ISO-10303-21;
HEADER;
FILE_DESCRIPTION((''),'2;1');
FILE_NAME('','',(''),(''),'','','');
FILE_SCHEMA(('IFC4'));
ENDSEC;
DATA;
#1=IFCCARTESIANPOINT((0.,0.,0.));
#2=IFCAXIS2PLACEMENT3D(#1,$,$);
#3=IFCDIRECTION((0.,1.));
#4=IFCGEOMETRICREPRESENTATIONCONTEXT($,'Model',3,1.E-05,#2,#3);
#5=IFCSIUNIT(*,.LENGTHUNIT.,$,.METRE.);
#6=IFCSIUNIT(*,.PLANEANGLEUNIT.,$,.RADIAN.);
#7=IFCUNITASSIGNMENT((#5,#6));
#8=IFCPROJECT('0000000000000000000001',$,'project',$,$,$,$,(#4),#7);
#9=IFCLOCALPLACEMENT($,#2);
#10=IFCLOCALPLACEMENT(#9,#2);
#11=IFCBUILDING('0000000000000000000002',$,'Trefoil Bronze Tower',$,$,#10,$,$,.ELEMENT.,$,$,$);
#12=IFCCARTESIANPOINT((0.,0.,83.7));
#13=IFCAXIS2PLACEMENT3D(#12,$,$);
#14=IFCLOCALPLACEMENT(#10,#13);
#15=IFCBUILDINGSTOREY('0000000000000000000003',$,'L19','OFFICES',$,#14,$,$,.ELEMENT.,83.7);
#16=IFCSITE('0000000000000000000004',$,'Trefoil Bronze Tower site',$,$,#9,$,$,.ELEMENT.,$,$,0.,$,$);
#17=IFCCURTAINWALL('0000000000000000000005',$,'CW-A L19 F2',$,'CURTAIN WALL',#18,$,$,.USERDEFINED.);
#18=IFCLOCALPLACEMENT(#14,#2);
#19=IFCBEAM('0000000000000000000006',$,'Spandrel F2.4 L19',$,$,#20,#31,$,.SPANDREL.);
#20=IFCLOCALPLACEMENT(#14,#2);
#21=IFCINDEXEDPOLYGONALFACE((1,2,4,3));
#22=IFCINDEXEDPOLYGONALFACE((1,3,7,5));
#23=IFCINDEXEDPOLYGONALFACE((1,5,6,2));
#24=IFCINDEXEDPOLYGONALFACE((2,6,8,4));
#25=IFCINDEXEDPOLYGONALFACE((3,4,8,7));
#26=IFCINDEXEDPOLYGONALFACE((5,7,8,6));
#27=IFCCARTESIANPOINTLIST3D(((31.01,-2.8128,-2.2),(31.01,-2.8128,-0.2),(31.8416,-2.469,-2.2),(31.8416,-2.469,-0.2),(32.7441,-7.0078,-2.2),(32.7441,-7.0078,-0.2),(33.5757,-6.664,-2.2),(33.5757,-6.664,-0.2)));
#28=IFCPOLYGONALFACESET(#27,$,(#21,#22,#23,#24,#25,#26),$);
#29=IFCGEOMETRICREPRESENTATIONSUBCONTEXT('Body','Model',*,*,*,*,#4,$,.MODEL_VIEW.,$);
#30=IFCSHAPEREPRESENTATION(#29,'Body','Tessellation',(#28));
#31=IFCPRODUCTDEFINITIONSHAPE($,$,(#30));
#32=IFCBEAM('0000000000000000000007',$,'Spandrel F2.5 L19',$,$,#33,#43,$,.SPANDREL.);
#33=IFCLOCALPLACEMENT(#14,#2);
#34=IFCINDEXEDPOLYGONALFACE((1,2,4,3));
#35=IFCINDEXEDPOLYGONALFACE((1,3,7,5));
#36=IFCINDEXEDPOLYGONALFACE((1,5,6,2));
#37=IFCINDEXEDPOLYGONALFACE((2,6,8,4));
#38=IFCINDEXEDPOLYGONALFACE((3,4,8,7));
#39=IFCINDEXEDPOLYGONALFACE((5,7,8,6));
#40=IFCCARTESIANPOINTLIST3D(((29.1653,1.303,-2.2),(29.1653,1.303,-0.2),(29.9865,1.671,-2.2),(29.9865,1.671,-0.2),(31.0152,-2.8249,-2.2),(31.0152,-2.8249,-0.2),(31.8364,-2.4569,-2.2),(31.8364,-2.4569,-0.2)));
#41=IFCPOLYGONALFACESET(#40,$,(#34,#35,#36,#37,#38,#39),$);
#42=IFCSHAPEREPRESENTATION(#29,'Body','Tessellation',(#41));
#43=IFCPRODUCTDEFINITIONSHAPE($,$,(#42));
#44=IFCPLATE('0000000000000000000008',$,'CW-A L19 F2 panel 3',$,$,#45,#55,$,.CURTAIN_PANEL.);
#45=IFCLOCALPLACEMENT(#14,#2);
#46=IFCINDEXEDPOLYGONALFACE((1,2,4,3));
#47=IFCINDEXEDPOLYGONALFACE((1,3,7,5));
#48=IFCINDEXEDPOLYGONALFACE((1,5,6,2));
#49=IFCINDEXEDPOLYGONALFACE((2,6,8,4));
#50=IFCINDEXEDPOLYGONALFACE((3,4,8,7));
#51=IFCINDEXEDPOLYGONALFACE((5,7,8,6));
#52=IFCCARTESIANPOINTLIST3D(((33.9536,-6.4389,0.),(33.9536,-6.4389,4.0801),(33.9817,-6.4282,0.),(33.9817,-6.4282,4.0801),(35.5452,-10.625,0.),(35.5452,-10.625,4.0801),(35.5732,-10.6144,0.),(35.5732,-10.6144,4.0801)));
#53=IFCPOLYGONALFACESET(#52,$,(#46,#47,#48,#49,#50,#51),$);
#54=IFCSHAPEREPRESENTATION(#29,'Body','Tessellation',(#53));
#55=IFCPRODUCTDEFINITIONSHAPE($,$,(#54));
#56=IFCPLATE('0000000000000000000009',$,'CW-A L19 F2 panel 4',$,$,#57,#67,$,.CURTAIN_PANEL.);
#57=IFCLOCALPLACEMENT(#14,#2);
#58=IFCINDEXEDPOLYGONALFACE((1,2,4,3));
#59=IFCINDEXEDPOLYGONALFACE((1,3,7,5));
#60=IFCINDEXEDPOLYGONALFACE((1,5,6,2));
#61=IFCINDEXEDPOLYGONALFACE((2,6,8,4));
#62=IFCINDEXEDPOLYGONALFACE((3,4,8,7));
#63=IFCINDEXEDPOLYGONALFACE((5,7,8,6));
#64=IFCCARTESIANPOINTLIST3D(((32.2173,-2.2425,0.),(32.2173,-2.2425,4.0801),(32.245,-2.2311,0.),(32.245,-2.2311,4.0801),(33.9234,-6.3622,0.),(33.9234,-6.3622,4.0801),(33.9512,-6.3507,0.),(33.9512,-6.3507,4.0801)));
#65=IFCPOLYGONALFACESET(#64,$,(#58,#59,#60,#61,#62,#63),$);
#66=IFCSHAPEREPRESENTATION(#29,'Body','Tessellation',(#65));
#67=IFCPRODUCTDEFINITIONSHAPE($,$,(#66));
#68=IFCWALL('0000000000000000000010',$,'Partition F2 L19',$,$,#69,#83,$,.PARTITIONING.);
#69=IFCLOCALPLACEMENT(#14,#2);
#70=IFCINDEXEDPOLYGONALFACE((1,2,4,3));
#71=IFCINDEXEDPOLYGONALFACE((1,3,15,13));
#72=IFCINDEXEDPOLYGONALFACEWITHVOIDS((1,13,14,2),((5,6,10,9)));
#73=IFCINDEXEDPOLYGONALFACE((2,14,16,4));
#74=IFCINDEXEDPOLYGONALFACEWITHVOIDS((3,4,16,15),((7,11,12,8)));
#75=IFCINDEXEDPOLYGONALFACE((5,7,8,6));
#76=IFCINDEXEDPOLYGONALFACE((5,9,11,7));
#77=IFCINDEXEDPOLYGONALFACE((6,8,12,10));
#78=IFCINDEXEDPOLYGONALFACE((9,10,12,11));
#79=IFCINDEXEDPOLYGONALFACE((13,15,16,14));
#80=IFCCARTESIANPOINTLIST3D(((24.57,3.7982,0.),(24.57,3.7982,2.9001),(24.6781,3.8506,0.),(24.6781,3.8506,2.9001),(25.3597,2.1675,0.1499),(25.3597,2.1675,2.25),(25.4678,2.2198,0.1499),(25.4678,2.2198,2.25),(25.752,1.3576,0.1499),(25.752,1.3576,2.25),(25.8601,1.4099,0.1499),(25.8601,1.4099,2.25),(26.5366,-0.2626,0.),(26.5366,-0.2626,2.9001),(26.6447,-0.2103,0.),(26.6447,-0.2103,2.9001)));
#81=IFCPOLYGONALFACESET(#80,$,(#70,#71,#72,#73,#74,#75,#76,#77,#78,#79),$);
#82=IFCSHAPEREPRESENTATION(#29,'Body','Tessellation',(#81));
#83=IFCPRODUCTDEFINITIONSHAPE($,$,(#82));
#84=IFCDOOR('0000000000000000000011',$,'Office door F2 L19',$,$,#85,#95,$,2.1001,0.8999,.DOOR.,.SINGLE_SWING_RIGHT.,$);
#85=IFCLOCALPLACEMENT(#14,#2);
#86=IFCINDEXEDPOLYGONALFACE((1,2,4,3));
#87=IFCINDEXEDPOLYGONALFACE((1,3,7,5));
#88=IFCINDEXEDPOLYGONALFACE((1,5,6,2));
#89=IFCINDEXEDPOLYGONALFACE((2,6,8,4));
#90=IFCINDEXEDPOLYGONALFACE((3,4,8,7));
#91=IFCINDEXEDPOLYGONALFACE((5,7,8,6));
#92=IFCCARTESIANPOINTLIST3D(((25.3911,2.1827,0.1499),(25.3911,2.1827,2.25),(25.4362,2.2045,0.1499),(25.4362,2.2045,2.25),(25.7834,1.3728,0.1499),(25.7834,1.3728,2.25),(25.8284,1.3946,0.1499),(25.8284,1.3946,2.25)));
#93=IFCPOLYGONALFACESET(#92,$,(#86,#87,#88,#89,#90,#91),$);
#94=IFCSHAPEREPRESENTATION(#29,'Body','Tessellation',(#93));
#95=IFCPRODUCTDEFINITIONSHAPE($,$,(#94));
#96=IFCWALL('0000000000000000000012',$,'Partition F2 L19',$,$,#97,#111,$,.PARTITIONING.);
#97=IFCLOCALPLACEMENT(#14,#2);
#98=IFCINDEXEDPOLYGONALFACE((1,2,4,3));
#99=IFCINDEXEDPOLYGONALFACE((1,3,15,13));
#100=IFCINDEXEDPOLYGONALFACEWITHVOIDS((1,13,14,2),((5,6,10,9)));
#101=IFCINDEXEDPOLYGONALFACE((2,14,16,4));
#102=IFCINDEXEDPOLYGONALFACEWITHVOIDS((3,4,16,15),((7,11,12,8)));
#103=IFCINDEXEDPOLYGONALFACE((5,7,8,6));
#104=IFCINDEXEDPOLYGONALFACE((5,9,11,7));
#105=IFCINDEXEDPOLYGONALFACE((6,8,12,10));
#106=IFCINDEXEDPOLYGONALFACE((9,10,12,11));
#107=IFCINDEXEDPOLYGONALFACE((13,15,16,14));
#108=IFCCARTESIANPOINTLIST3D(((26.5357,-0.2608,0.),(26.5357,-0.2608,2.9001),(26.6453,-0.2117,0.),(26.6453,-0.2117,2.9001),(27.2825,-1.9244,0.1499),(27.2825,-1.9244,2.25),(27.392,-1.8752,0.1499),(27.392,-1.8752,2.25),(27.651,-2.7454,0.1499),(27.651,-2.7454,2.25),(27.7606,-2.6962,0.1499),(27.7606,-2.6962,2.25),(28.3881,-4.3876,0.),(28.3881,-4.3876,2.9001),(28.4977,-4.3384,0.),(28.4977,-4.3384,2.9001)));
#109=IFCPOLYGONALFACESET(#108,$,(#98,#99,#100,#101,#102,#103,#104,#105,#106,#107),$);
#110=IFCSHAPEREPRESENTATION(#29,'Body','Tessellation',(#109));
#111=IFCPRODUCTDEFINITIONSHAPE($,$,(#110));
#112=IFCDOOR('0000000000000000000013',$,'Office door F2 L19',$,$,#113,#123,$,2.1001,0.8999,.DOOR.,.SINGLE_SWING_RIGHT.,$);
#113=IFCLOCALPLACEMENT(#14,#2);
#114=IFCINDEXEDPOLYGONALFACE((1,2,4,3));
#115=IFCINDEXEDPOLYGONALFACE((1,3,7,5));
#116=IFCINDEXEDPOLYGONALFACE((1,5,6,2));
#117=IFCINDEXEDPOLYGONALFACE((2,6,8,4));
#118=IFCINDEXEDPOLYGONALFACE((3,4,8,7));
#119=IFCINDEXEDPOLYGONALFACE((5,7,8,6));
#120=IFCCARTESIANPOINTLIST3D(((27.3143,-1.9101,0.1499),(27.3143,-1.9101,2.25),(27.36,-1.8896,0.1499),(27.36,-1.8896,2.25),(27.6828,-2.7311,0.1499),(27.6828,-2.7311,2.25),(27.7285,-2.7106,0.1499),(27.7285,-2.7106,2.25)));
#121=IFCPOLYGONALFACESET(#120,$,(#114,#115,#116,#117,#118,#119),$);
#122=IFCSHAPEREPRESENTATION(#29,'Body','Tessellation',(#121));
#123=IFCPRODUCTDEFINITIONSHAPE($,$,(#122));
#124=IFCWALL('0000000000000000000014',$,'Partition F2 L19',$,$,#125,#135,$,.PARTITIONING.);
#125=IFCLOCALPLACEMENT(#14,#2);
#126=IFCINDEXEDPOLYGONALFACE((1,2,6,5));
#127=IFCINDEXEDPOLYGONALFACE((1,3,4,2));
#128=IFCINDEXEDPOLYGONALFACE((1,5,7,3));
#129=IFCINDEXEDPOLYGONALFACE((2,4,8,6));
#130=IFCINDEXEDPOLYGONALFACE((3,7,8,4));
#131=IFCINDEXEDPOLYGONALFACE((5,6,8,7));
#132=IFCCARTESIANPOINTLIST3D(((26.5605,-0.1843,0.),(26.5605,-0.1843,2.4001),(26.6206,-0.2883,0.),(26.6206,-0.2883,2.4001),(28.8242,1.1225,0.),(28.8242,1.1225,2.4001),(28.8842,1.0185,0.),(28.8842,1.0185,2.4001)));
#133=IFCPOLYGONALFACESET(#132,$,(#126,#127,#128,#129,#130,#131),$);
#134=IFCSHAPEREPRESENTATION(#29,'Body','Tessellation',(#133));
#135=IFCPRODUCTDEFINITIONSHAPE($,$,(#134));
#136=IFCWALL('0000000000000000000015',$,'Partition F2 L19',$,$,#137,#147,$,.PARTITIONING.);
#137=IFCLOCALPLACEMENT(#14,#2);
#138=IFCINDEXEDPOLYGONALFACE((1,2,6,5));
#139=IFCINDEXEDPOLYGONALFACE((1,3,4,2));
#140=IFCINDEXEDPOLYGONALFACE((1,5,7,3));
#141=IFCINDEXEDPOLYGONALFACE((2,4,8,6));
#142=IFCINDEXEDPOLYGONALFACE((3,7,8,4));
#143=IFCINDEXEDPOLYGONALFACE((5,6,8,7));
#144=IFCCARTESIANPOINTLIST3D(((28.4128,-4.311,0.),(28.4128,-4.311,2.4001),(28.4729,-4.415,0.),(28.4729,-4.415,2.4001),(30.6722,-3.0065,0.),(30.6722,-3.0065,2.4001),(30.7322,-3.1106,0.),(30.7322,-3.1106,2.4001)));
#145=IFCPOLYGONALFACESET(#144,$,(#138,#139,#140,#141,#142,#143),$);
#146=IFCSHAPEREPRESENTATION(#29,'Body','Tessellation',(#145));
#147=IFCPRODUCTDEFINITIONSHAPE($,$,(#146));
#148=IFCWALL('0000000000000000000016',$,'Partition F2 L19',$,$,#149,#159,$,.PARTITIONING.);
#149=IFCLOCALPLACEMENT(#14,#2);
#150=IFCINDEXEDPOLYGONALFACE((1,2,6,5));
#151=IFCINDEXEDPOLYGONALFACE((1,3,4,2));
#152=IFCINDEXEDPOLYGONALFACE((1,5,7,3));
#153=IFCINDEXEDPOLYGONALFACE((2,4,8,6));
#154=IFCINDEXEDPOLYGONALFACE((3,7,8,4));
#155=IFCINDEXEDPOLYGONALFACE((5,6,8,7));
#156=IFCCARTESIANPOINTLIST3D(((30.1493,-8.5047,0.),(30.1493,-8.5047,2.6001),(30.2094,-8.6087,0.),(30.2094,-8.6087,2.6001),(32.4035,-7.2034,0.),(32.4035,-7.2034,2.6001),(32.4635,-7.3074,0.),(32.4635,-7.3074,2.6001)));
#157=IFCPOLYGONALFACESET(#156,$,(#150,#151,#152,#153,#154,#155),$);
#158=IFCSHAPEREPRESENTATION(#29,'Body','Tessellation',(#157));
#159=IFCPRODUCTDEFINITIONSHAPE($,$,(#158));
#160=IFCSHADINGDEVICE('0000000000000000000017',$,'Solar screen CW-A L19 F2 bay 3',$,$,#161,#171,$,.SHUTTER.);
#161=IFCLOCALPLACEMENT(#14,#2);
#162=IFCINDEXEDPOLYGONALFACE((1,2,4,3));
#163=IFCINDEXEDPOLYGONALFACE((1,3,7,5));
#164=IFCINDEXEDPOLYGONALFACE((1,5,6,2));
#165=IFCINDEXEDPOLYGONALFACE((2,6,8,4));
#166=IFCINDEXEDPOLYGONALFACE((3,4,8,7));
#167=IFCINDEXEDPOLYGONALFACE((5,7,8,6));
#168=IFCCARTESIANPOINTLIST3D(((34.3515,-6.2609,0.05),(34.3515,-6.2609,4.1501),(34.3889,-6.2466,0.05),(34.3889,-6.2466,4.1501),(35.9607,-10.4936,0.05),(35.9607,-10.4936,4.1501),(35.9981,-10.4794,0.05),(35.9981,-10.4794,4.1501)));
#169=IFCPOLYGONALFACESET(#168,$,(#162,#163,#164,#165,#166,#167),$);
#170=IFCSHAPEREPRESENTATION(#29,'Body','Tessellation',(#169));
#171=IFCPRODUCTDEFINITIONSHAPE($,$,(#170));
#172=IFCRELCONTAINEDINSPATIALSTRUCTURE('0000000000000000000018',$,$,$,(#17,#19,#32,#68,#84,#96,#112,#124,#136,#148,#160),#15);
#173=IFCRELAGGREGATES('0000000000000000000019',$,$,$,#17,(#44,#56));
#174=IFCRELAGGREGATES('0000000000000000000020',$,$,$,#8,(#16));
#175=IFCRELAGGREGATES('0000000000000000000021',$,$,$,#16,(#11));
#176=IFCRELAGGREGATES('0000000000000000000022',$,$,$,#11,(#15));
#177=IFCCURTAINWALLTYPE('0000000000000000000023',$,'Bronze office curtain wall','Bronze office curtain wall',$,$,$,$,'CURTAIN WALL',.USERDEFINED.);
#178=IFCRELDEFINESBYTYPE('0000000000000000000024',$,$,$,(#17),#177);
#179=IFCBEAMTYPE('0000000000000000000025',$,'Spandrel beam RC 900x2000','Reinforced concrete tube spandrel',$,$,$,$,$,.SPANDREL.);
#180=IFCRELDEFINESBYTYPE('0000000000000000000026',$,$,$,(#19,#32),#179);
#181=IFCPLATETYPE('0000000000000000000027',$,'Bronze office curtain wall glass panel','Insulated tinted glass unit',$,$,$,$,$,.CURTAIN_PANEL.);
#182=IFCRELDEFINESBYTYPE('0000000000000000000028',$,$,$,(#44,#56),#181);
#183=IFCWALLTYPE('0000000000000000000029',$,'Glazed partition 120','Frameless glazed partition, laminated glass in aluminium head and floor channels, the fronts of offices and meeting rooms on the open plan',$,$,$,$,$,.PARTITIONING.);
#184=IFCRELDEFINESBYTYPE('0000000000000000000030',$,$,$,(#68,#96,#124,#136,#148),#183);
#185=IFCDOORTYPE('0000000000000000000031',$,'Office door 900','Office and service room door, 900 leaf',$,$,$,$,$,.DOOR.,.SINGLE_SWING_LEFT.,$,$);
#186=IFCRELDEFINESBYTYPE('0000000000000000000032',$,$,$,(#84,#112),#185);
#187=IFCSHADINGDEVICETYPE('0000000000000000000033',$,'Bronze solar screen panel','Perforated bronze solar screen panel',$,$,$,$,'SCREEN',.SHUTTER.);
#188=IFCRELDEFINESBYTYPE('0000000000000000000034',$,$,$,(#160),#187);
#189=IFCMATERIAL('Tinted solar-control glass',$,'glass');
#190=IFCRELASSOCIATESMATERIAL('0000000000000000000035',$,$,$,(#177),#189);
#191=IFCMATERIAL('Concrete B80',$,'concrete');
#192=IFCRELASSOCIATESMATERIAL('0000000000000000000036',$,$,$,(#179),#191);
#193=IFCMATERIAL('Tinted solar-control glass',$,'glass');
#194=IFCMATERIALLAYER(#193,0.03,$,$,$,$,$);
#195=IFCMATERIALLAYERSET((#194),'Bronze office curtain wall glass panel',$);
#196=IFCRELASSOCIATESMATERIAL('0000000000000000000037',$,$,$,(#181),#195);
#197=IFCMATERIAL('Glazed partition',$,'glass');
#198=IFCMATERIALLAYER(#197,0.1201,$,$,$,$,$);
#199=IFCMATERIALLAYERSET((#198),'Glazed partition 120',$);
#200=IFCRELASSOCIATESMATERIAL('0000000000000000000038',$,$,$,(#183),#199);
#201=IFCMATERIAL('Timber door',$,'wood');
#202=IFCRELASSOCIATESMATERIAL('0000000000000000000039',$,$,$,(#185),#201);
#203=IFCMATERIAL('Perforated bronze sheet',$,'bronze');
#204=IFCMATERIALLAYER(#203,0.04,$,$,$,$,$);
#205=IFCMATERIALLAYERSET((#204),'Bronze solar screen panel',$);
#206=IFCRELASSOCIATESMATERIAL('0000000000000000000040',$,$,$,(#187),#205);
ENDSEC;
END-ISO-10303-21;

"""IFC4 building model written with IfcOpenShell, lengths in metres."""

from ifc_helpers import new_model, si_unit, direction, frame, frame_2d, origin, origin_2d, place, context, subcontext, project, spatial, rectangle, extrude, material, layer, layer_set, material_profile, profile_set, type_object, element, fill, aggregate, save


model = new_model("IFC4")

# Units and contexts
model_context = context("Model", 3, precision=1e-05, world=origin(), true_north=direction((0.0, 1.0)))
body_context = subcontext(model_context, "Body", "Model", "MODEL_VIEW")
ifc_project = project(units=[si_unit("LENGTHUNIT", "METRE"), si_unit("PLANEANGLEUNIT", "RADIAN")], contexts=[model_context])

# Site, building, storey
site_placement = place(None, origin())
site = spatial("IfcSite", under=ifc_project, at=site_placement, Name="Trefoil Bronze Tower site", CompositionType="ELEMENT", RefElevation=0.0)
building_placement = place(site_placement, origin())
building = spatial("IfcBuilding", under=site, at=building_placement, Name="Trefoil Bronze Tower", CompositionType="ELEMENT")
storey_placement = place(building_placement, frame((0.0, 0.0, 83.7)))
storey = spatial("IfcBuildingStorey", under=building, at=storey_placement, Name="L19", Description="OFFICES", CompositionType="ELEMENT", Elevation=83.7)

# Curtain wall
ifc_material_1 = material(Name="Tinted solar-control glass", Category="glass")
curtain_wall_type = type_object("IfcCurtainWallType", Name="Bronze office curtain wall", Description="Bronze office curtain wall", ElementType="CURTAIN WALL", PredefinedType="USERDEFINED", material=ifc_material_1)
curtain_wall_placement = place(storey_placement, origin())
curtain_wall = element("IfcCurtainWall", 1, at=curtain_wall_placement, inside=storey, type_object=curtain_wall_type, Name="CW-A L19 F2", ObjectType="CURTAIN WALL", PredefinedType="USERDEFINED")

# Beams
ifc_material_2 = material(Name="Concrete B80", Category="concrete")
ifc_material_profile_1 = material_profile(ifc_material_2, rectangle(XDim=0.8999, YDim=2.0, at=origin_2d()), Name="RC 900x2000")
ifc_profile_set_1 = profile_set([ifc_material_profile_1], Name="Concrete B80")
beam_type_1 = type_object("IfcBeamType", Name="Spandrel beam RC 900x2000", Description="Reinforced concrete tube spandrel", PredefinedType="SPANDREL", material=ifc_profile_set_1)
beam_1_placement = place(storey_placement, frame((33.1599, -6.8359, -1.2), z_axis=(-0.382021, 0.924154, 0.0), x_axis=(-0.924154, -0.382021, 0.0)))
element("IfcBeam", 2, at=beam_1_placement, inside=storey, type_object=beam_type_1, Name="Spandrel F2.4 L19", PredefinedType="SPANDREL", context=body_context, shape_type="SweptSolid", body=[
    extrude(rectangle(XDim=0.8999, YDim=2.0, at=origin_2d()), origin(), (0.0, 0.0, 1.0), 4.5393),
])
beam_2_placement = place(storey_placement, frame((31.4258, -2.6409, -1.2), z_axis=(-0.408946, 0.912559, 0.0), x_axis=(-0.912559, -0.408946, 0.0)))
element("IfcBeam", 3, at=beam_2_placement, inside=storey, type_object=beam_type_1, Name="Spandrel F2.5 L19", PredefinedType="SPANDREL", context=body_context, shape_type="SweptSolid", body=[
    extrude(rectangle(XDim=0.8999, YDim=2.0, at=origin_2d()), origin(), (0.0, 0.0, 1.0), 4.5234),
])

# Plates
ifc_material_3 = material(Name="Tinted solar-control glass", Category="glass")
ifc_layer_1 = layer(ifc_material_3, 0.03)
ifc_layer_set_1 = layer_set([ifc_layer_1], Name="Bronze office curtain wall glass panel")
plate_type = type_object("IfcPlateType", Name="Bronze office curtain wall glass panel", Description="Insulated tinted glass unit", PredefinedType="CURTAIN_PANEL", material=ifc_layer_set_1)
plate_1_placement = place(storey_placement, frame((34.7634, -8.5266, 0.0), z_axis=(0.0, 0.0, 1.0), x_axis=(-0.355371, 0.934725, 0.0)))
plate_1 = element("IfcPlate", 4, at=plate_1_placement, type_object=plate_type, Name="CW-A L19 F2 panel 3", PredefinedType="CURTAIN_PANEL", context=body_context, shape_type="SweptSolid", body=[
    extrude(rectangle(XDim=4.4785, YDim=0.03, at=origin_2d()), origin(), (0.0, 0.0, 1.0), 4.0801),
])
plate_2_placement = place(storey_placement, frame((33.0842, -4.2966, 0.0), z_axis=(0.0, 0.0, 1.0), x_axis=(-0.38263, 0.923902, 0.0)))
plate_2 = element("IfcPlate", 5, at=plate_2_placement, type_object=plate_type, Name="CW-A L19 F2 panel 4", PredefinedType="CURTAIN_PANEL", context=body_context, shape_type="SweptSolid", body=[
    extrude(rectangle(XDim=4.459, YDim=0.03, at=origin_2d()), origin(), (0.0, 0.0, 1.0), 4.0801),
])
aggregate(curtain_wall, [plate_1, plate_2])

# Walls, openings, doors
ifc_material_4 = material(Name="Glazed partition", Category="glass")
ifc_layer_2 = layer(ifc_material_4, 0.1201)
ifc_layer_set_2 = layer_set([ifc_layer_2], Name="Glazed partition 120")
wall_type = type_object("IfcWallType", Name="Glazed partition 120", Description="Frameless glazed partition, laminated glass in aluminium head and floor channels, the fronts of offices and meeting rooms on the open plan", PredefinedType="PARTITIONING", material=ifc_layer_set_2)
wall_1_placement = place(storey_placement, frame((26.5906, -0.2363, 0.0), z_axis=(0.0, 0.0, 1.0), x_axis=(-0.435858, 0.900015, 0.0)))
wall_1 = element("IfcWall", 6, at=wall_1_placement, inside=storey, type_object=wall_type, Name="Partition F2 L19", PredefinedType="PARTITIONING", context=body_context, shape_type="SweptSolid", body=[
    extrude(rectangle(XDim=4.512, YDim=0.1201, at=frame_2d((2.2559, 0.0))), origin(), (0.0, 0.0, 1.0), 2.9001),
])
opening_1_placement = place(wall_1_placement, frame((1.8, 0.0, 0.1499)))
opening_1 = element("IfcOpeningElement", 7, at=opening_1_placement, cuts=wall_1, PredefinedType="OPENING", context=body_context, shape_type="SweptSolid", body=[
    extrude(rectangle(XDim=0.8999, YDim=2.1001, at=frame_2d((0.45, 1.05))), frame((0.0, 0.0701, 0.0), z_axis=(0.0, -1.0, 0.0), x_axis=(1.0, 0.0, 0.0)), (0.0, 0.0, 1.0), 0.1401),
])
ifc_material_5 = material(Name="Timber door", Category="wood")
door_type = type_object("IfcDoorType", Name="Office door 900", Description="Office and service room door, 900 leaf", OperationType="SINGLE_SWING_LEFT", PredefinedType="DOOR", material=ifc_material_5)
door_1_placement = place(opening_1_placement, frame((0.8999, 0.0, 0.0), z_axis=(0.0, 0.0, 1.0), x_axis=(-1.0, 0.0, 0.0)))
door_1 = element("IfcDoor", 8, at=door_1_placement, inside=storey, type_object=door_type, Name="Office door F2 L19", OperationType="SINGLE_SWING_RIGHT", OverallHeight=2.1001, OverallWidth=0.8999, PredefinedType="DOOR", context=body_context, shape_type="SweptSolid", body=[
    extrude(rectangle(XDim=0.8999, YDim=2.1001, at=frame_2d((0.45, 1.05))), frame((0.0, 0.0249, 0.0), z_axis=(0.0, -1.0, 0.0), x_axis=(1.0, 0.0, 0.0)), (0.0, 0.0, 1.0), 0.05),
])
fill(opening_1, door_1)
wall_2_placement = place(storey_placement, frame((28.4429, -4.363, 0.0), z_axis=(0.0, 0.0, 1.0), x_axis=(-0.409496, 0.912312, 0.0)))
wall_2 = element("IfcWall", 9, at=wall_2_placement, inside=storey, type_object=wall_type, Name="Partition F2 L19", PredefinedType="PARTITIONING", context=body_context, shape_type="SweptSolid", body=[
    extrude(rectangle(XDim=4.5234, YDim=0.1201, at=frame_2d((2.2617, 0.0))), origin(), (0.0, 0.0, 1.0), 2.9001),
])
opening_2_placement = place(wall_2_placement, frame((1.8, 0.0, 0.1499)))
opening_2 = element("IfcOpeningElement", 10, at=opening_2_placement, cuts=wall_2, PredefinedType="OPENING", context=body_context, shape_type="SweptSolid", body=[
    extrude(rectangle(XDim=0.8999, YDim=2.1001, at=frame_2d((0.45, 1.05))), frame((0.0, 0.0701, 0.0), z_axis=(0.0, -1.0, 0.0), x_axis=(1.0, 0.0, 0.0)), (0.0, 0.0, 1.0), 0.1401),
])
door_2_placement = place(opening_2_placement, frame((0.8999, 0.0, 0.0), z_axis=(0.0, 0.0, 1.0), x_axis=(-1.0, 0.0, 0.0)))
door_2 = element("IfcDoor", 11, at=door_2_placement, inside=storey, type_object=door_type, Name="Office door F2 L19", OperationType="SINGLE_SWING_RIGHT", OverallHeight=2.1001, OverallWidth=0.8999, PredefinedType="DOOR", context=body_context, shape_type="SweptSolid", body=[
    extrude(rectangle(XDim=0.8999, YDim=2.1001, at=frame_2d((0.45, 1.05))), frame((0.0, 0.0249, 0.0), z_axis=(0.0, -1.0, 0.0), x_axis=(1.0, 0.0, 0.0)), (0.0, 0.0, 1.0), 0.05),
])
fill(opening_2, door_2)

# Walls
wall_3_placement = place(storey_placement, frame((26.5906, -0.2363, 0.0), z_axis=(0.0, 0.0, 1.0), x_axis=(0.866033, 0.499987, 0.0)))
element("IfcWall", 12, at=wall_3_placement, inside=storey, type_object=wall_type, Name="Partition F2 L19", PredefinedType="PARTITIONING", context=body_context, shape_type="SweptSolid", body=[
    extrude(rectangle(XDim=2.6138, YDim=0.1201, at=frame_2d((1.3069, 0.0))), origin(), (0.0, 0.0, 1.0), 2.4001),
])
wall_4_placement = place(storey_placement, frame((28.4429, -4.363, 0.0), z_axis=(0.0, 0.0, 1.0), x_axis=(0.866017, 0.500014, 0.0)))
element("IfcWall", 13, at=wall_4_placement, inside=storey, type_object=wall_type, Name="Partition F2 L19", PredefinedType="PARTITIONING", context=body_context, shape_type="SweptSolid", body=[
    extrude(rectangle(XDim=2.6089, YDim=0.1201, at=frame_2d((1.3044, 0.0))), origin(), (0.0, 0.0, 1.0), 2.4001),
])
wall_5_placement = place(storey_placement, frame((30.1794, -8.5566, 0.0), z_axis=(0.0, 0.0, 1.0), x_axis=(0.866053, 0.499953, 0.0)))
element("IfcWall", 14, at=wall_5_placement, inside=storey, type_object=wall_type, Name="Partition F2 L19", PredefinedType="PARTITIONING", context=body_context, shape_type="SweptSolid", body=[
    extrude(rectangle(XDim=2.6028, YDim=0.1201, at=frame_2d((1.3013, 0.0))), origin(), (0.0, 0.0, 1.0), 2.6001),
])

# Shading device
ifc_material_6 = material(Name="Perforated bronze sheet", Category="bronze")
ifc_layer_3 = layer(ifc_material_6, 0.04)
ifc_layer_set_3 = layer_set([ifc_layer_3], Name="Bronze solar screen panel")
shading_device_type = type_object("IfcShadingDeviceType", Name="Bronze solar screen panel", Description="Perforated bronze solar screen panel", ElementType="SCREEN", PredefinedType="SHUTTER", material=ifc_layer_set_3)
shading_device_1_placement = place(storey_placement, frame((35.1748, -8.3701, 0.05), z_axis=(0.0, 0.0, 1.0), x_axis=(-0.355371, 0.934725, 0.0)))
element("IfcShadingDevice", 15, at=shading_device_1_placement, inside=storey, type_object=shading_device_type, Name="Solar screen CW-A L19 F2 bay 3", PredefinedType="SHUTTER", context=body_context, shape_type="SweptSolid", body=[
    extrude(rectangle(XDim=4.5283, YDim=0.04, at=origin_2d()), origin(), (0.0, 0.0, 1.0), 4.1001),
])

save(model, "model.ifc")
